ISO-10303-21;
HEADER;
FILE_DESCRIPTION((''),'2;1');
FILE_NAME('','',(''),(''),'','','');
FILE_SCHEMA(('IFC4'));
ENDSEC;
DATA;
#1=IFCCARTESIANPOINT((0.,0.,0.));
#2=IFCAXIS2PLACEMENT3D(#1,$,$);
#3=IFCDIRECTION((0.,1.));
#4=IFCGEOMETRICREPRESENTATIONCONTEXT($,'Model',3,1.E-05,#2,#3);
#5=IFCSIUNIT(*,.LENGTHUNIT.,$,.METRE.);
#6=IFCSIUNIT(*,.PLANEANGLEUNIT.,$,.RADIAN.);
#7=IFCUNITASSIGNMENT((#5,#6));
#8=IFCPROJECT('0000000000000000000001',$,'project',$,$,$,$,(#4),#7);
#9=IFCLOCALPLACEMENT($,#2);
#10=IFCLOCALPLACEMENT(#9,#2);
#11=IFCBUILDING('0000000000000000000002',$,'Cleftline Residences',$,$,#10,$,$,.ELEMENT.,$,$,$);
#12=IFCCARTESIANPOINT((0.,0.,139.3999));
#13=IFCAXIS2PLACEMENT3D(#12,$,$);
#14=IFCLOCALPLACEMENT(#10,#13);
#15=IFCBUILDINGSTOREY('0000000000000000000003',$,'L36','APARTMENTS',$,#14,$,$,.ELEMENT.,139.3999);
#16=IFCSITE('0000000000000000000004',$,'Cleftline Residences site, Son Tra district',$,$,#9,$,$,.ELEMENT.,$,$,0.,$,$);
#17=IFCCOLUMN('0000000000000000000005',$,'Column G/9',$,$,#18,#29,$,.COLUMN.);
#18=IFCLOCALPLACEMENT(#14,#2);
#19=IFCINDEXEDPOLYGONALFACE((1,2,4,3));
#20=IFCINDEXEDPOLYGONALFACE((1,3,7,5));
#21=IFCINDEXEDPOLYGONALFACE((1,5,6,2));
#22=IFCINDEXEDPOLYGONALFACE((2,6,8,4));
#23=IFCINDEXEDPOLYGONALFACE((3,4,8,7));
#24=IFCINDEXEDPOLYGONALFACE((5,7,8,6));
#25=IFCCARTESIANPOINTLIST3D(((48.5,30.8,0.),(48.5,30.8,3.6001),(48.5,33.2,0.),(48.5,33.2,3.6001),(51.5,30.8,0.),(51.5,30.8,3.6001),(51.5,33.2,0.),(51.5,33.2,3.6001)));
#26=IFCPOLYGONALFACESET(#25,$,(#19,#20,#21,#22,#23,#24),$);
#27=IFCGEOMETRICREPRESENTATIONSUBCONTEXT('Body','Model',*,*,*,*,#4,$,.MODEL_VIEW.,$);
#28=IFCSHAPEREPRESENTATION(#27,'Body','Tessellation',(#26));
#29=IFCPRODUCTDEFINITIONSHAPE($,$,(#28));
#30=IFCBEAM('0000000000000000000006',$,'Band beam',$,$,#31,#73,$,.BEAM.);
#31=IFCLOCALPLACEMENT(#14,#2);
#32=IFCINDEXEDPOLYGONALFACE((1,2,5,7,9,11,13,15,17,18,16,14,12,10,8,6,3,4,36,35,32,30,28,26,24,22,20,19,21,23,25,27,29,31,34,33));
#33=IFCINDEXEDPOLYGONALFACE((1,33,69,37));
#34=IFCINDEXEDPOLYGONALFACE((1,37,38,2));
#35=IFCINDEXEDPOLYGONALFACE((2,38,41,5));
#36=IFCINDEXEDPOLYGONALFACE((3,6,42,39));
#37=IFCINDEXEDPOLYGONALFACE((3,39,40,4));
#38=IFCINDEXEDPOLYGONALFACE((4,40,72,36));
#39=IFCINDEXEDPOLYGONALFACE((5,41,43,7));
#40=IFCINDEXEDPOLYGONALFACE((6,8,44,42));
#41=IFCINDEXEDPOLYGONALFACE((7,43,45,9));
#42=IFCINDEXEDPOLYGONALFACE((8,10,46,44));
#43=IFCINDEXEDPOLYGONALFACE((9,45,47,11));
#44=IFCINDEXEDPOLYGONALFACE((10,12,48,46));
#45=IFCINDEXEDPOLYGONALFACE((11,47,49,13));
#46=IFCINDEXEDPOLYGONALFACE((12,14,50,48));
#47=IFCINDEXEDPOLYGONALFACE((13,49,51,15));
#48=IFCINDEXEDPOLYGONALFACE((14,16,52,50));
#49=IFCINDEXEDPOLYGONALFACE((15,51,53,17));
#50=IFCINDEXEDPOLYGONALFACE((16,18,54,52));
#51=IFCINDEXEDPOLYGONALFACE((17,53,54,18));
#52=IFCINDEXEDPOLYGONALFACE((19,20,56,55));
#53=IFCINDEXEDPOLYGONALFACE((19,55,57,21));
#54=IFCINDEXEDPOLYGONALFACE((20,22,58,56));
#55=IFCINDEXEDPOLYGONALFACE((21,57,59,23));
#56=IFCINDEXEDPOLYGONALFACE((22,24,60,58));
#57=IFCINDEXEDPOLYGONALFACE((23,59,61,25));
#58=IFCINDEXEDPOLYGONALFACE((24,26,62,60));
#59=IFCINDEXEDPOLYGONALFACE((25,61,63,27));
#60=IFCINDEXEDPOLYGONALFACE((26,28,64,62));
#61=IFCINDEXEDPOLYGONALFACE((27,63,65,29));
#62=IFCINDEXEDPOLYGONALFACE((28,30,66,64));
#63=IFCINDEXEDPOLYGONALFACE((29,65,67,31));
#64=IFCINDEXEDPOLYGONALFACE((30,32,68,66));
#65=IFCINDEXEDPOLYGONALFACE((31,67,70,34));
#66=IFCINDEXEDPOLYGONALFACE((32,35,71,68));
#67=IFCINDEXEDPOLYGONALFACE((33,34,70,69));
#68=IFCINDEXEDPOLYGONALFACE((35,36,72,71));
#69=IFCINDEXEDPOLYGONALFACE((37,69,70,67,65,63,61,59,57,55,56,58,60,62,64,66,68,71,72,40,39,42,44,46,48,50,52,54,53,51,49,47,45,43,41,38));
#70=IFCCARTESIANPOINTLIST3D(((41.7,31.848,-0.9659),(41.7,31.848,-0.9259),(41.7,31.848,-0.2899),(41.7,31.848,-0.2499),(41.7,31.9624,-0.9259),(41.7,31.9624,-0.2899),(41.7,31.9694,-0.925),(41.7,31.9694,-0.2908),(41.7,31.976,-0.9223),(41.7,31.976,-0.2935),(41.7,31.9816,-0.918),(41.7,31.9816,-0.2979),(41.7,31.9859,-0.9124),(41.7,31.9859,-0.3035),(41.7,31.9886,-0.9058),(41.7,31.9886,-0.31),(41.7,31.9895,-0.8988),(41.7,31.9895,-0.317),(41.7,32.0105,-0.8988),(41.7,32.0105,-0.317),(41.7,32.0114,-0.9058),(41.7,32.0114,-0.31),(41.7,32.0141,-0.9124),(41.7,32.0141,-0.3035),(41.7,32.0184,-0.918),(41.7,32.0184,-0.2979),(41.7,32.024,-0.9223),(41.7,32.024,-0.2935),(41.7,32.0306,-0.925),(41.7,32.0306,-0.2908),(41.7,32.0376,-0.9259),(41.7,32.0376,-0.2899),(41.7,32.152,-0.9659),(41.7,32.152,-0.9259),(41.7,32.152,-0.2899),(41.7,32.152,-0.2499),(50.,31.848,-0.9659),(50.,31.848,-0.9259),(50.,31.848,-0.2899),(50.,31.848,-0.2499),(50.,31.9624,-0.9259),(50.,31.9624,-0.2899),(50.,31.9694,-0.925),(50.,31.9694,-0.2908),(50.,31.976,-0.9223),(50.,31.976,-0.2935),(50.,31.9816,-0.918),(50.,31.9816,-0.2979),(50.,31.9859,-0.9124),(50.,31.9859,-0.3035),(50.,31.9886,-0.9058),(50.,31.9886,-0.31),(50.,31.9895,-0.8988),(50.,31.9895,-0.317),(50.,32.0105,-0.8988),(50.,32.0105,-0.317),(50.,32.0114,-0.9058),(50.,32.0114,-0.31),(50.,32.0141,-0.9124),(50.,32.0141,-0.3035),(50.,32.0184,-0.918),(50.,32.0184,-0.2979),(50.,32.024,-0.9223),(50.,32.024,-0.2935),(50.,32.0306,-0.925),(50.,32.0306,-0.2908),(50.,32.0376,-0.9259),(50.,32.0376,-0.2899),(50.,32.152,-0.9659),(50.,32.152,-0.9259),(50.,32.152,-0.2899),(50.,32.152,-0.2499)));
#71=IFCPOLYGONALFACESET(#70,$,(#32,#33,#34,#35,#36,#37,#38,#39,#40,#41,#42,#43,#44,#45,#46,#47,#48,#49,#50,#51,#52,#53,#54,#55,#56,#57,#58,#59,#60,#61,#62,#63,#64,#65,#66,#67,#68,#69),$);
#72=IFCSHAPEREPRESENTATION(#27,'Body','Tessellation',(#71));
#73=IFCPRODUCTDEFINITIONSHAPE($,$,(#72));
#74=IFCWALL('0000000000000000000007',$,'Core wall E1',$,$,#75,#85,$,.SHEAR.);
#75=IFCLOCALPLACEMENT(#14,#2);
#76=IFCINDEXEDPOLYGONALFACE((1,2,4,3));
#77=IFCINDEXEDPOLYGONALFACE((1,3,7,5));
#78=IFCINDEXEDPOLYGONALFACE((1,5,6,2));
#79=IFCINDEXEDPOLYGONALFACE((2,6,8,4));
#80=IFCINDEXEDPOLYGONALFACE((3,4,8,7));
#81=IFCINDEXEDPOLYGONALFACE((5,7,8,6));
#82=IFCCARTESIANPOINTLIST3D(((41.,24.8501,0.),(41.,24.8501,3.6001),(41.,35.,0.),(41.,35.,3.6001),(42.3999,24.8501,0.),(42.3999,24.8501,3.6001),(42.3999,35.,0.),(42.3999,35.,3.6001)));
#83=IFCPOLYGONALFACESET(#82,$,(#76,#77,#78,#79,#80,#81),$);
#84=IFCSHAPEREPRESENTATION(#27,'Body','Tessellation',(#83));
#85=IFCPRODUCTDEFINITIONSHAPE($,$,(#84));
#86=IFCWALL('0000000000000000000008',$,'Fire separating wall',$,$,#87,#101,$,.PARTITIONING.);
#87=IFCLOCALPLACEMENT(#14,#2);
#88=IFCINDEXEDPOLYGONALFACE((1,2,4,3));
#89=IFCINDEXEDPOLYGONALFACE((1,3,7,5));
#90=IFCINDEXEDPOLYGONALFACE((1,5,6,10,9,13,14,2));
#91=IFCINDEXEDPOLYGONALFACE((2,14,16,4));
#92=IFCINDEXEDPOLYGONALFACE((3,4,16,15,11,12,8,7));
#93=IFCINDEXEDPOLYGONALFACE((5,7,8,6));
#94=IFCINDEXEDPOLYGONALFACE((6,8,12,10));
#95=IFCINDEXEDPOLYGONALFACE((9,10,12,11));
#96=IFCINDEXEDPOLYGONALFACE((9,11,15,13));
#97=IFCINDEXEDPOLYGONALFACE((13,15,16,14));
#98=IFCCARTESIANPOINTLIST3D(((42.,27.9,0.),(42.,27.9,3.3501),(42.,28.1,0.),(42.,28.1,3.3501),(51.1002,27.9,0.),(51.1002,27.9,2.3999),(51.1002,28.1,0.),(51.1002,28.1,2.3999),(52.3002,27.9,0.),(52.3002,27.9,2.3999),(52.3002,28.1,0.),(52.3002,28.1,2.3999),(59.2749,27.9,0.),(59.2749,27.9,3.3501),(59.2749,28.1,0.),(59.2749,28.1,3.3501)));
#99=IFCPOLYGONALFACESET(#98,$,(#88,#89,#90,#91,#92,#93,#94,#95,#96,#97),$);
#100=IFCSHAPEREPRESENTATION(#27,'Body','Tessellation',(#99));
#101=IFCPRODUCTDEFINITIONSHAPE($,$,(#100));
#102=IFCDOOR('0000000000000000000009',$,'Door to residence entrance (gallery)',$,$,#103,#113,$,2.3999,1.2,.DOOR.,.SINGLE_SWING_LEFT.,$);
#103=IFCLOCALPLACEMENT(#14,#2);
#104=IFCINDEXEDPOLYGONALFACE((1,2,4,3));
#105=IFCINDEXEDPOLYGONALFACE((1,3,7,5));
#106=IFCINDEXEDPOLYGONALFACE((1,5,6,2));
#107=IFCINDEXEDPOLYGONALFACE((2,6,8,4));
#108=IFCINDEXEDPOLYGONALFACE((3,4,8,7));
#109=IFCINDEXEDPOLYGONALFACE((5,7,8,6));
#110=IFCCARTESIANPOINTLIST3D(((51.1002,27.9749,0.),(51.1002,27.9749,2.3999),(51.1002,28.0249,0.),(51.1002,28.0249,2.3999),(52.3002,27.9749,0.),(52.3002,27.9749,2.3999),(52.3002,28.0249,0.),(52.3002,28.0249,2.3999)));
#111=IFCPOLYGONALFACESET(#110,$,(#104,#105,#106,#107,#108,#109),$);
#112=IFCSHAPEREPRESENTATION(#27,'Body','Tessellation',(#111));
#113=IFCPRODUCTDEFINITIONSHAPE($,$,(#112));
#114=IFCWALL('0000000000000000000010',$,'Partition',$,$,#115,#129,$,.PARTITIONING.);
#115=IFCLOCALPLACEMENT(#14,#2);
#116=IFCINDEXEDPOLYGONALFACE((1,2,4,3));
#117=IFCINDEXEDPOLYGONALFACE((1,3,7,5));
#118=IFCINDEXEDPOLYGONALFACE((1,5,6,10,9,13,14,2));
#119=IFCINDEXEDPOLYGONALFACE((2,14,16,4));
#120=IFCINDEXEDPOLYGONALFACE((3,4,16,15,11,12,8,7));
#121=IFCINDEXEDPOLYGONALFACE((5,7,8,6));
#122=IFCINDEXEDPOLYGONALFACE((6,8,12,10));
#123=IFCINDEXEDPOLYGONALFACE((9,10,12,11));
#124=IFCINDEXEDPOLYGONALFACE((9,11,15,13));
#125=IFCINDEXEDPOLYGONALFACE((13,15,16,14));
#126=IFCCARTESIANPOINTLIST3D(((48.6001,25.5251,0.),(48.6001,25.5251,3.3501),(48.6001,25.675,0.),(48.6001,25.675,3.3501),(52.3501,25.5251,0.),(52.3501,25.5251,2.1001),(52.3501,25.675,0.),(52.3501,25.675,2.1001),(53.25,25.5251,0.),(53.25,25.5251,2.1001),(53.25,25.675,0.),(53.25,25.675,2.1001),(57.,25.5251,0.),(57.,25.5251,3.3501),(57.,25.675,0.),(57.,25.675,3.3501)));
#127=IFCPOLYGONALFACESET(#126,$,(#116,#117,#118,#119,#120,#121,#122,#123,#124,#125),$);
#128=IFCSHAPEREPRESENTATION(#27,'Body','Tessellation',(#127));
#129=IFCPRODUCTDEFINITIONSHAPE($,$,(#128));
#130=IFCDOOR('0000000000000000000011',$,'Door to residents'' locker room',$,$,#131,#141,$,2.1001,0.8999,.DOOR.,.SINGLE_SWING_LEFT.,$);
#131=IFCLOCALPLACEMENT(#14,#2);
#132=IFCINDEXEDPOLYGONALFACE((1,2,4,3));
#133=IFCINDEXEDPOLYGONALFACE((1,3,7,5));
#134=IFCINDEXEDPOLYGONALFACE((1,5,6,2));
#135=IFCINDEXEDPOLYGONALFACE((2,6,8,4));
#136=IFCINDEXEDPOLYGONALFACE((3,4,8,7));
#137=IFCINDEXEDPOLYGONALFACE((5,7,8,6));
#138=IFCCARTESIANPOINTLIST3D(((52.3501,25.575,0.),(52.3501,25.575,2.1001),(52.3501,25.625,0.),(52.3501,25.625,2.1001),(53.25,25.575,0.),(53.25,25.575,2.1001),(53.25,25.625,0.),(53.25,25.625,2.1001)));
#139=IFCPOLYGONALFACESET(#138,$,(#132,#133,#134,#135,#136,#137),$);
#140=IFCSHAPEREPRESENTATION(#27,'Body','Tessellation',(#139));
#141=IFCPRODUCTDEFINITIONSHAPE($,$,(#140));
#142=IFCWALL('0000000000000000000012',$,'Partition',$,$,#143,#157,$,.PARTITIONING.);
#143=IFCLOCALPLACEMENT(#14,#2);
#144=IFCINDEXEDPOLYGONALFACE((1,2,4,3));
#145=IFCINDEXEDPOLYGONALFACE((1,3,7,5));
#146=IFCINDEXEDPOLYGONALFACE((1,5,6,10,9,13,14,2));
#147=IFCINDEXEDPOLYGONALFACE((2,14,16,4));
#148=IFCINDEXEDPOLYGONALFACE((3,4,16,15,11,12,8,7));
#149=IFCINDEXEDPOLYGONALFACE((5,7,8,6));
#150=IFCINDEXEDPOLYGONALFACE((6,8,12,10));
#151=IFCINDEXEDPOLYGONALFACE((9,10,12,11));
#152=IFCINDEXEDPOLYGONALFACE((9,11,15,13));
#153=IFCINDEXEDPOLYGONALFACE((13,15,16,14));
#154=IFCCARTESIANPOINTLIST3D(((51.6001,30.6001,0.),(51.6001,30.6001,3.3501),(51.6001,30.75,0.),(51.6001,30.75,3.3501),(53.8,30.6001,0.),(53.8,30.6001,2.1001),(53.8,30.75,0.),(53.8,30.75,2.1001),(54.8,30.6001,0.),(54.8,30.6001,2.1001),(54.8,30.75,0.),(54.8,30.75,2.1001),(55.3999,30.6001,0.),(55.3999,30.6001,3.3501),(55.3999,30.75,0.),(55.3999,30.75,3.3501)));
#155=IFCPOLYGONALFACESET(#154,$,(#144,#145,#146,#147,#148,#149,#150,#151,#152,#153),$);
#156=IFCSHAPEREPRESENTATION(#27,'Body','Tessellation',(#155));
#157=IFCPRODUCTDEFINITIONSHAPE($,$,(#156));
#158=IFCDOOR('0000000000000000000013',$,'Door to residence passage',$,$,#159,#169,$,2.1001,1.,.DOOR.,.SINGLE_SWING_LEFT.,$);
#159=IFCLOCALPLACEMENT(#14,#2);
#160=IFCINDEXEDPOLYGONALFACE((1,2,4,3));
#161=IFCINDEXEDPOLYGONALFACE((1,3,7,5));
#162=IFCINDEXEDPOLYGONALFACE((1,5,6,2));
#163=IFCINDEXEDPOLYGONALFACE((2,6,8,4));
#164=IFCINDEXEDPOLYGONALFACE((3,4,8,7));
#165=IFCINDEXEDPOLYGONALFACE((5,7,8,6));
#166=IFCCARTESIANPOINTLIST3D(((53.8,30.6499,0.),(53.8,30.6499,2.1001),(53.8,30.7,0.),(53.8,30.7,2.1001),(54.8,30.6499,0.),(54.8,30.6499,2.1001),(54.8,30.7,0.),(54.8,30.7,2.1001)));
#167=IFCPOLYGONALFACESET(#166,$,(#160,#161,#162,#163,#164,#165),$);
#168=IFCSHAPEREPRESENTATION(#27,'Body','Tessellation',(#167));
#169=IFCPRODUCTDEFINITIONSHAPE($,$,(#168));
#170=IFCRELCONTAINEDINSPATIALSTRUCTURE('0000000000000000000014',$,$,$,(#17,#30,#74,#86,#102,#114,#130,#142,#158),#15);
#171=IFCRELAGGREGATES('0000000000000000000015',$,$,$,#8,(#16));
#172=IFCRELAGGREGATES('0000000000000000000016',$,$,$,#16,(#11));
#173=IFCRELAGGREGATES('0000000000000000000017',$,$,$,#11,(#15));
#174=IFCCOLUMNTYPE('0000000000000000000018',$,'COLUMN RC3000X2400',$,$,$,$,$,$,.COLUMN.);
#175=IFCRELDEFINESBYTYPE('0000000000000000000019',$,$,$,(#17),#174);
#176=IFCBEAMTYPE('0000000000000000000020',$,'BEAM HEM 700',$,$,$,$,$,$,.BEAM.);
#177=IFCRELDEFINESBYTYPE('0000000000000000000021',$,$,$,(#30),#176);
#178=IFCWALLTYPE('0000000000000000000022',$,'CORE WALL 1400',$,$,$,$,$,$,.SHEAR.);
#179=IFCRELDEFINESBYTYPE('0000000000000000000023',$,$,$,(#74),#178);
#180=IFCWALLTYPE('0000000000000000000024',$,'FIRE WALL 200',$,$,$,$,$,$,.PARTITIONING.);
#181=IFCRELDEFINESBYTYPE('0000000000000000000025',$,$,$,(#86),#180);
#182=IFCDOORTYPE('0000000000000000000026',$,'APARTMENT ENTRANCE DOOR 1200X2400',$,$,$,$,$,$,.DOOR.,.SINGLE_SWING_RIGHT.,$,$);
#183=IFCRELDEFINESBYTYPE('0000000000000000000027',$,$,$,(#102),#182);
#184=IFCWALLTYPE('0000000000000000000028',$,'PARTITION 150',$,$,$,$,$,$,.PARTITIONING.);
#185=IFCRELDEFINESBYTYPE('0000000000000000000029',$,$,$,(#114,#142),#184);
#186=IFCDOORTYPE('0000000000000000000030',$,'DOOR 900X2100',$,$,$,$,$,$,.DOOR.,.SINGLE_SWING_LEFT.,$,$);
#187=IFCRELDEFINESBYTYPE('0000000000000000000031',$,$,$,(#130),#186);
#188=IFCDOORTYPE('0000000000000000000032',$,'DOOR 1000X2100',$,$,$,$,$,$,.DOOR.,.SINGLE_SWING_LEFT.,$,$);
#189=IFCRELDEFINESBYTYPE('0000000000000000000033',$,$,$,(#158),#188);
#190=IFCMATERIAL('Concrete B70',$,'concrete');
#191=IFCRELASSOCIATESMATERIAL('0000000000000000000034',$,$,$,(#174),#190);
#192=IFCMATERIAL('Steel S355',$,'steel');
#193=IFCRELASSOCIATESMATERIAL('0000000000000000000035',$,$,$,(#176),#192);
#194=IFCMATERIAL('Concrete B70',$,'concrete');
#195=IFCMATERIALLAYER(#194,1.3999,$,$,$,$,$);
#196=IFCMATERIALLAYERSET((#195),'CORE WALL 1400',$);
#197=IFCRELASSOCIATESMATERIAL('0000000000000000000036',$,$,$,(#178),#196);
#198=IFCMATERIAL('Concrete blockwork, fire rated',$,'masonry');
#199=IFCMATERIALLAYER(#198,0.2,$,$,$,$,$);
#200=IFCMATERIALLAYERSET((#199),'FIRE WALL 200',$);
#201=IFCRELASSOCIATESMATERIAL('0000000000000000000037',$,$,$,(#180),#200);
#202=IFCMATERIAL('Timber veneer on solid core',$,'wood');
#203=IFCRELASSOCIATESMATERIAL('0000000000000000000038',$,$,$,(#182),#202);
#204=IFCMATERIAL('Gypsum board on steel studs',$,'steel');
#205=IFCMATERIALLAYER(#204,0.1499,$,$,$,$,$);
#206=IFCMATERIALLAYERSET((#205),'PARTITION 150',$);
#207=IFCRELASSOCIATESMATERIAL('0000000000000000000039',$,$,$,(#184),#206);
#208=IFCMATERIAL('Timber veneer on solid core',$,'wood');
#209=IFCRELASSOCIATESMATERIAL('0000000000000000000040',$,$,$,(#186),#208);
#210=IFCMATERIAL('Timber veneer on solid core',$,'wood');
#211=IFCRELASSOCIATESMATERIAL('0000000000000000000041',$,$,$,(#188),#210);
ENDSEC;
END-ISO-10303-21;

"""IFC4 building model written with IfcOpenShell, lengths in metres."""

from ifc_helpers import new_model, si_unit, direction, frame, frame_2d, origin, origin_2d, place, context, subcontext, project, spatial, rectangle, i_section, extrude, material, layer, layer_set, material_profile, profile_set, type_object, element, fill, save


model = new_model("IFC4")

# Units and contexts
model_context = context("Model", 3, precision=1e-05, world=origin(), true_north=direction((0.0, 1.0)))
body_context = subcontext(model_context, "Body", "Model", "MODEL_VIEW")
ifc_project = project(units=[si_unit("LENGTHUNIT", "METRE"), si_unit("PLANEANGLEUNIT", "RADIAN")], contexts=[model_context])

# Site, building, storey
site_placement = place(None, origin())
site = spatial("IfcSite", under=ifc_project, at=site_placement, Name="Cleftline Residences site, Son Tra district", CompositionType="ELEMENT", RefElevation=0.0)
building_placement = place(site_placement, origin())
building = spatial("IfcBuilding", under=site, at=building_placement, Name="Cleftline Residences", CompositionType="ELEMENT")
storey_placement = place(building_placement, frame((0.0, 0.0, 139.3999)))
storey = spatial("IfcBuildingStorey", under=building, at=storey_placement, Name="L36", Description="APARTMENTS", CompositionType="ELEMENT", Elevation=139.3999)

# Column
ifc_material_1 = material(Name="Concrete B70", Category="concrete")
ifc_material_profile_1 = material_profile(ifc_material_1, rectangle(XDim=3.0, YDim=2.3999, at=origin_2d()))
ifc_profile_set_1 = profile_set([ifc_material_profile_1], Name="Concrete B70")
column_type = type_object("IfcColumnType", Name="COLUMN RC3000X2400", PredefinedType="COLUMN", material=ifc_profile_set_1)
column_placement = place(storey_placement, frame((50.0, 32.0, 0.0), z_axis=(0.0, 0.0, 1.0), x_axis=(1.0, 0.0, 0.0)))
element("IfcColumn", 1, at=column_placement, inside=storey, type_object=column_type, Name="Column G/9", PredefinedType="COLUMN", context=body_context, shape_type="SweptSolid", body=[
    extrude(rectangle(XDim=3.0, YDim=2.3999, at=origin_2d()), origin(), (0.0, 0.0, 1.0), 3.6001),
])

# Beam
ifc_material_2 = material(Name="Steel S355", Category="steel")
ifc_material_profile_2 = material_profile(ifc_material_2, i_section(OverallWidth=0.304, OverallDepth=0.7161, WebThickness=0.021, FlangeThickness=0.04, FilletRadius=0.0271, at=origin_2d()))
ifc_profile_set_2 = profile_set([ifc_material_profile_2], Name="Steel S355")
beam_type = type_object("IfcBeamType", Name="BEAM HEM 700", PredefinedType="BEAM", material=ifc_profile_set_2)
beam_placement = place(storey_placement, frame((50.0, 32.0, -0.6079), z_axis=(-1.0, 0.0, 0.0), x_axis=(0.0, -1.0, 0.0)))
element("IfcBeam", 2, at=beam_placement, inside=storey, type_object=beam_type, Name="Band beam", PredefinedType="BEAM", context=body_context, shape_type="SweptSolid", body=[
    extrude(i_section(OverallWidth=0.304, OverallDepth=0.7161, WebThickness=0.021, FlangeThickness=0.04, FilletRadius=0.0271, at=origin_2d()), origin(), (0.0, 0.0, 1.0), 8.3),
])

# Wall
ifc_material_3 = material(Name="Concrete B70", Category="concrete")
ifc_layer_1 = layer(ifc_material_3, 1.3999)
ifc_layer_set_1 = layer_set([ifc_layer_1], Name="CORE WALL 1400")
wall_type_1 = type_object("IfcWallType", Name="CORE WALL 1400", PredefinedType="SHEAR", material=ifc_layer_set_1)
wall_1_placement = place(storey_placement, frame((41.7, 24.8501, 0.0), z_axis=(0.0, 0.0, 1.0), x_axis=(0.0, 1.0, 0.0)))
element("IfcWall", 3, at=wall_1_placement, inside=storey, type_object=wall_type_1, Name="Core wall E1", PredefinedType="SHEAR", context=body_context, shape_type="SweptSolid", body=[
    extrude(rectangle(XDim=10.1499, YDim=1.3999, at=frame_2d((5.075, 0.0))), origin(), (0.0, 0.0, 1.0), 3.6001),
])

# Walls, openings, doors
ifc_material_4 = material(Name="Concrete blockwork, fire rated", Category="masonry")
ifc_layer_2 = layer(ifc_material_4, 0.2)
ifc_layer_set_2 = layer_set([ifc_layer_2], Name="FIRE WALL 200")
wall_type_2 = type_object("IfcWallType", Name="FIRE WALL 200", PredefinedType="PARTITIONING", material=ifc_layer_set_2)
wall_2_placement = place(storey_placement, frame((42.0, 28.0, 0.0), z_axis=(0.0, 0.0, 1.0), x_axis=(1.0, 0.0, 0.0)))
wall_2 = element("IfcWall", 4, at=wall_2_placement, inside=storey, type_object=wall_type_2, Name="Fire separating wall", PredefinedType="PARTITIONING", context=body_context, shape_type="SweptSolid", body=[
    extrude(rectangle(XDim=17.2749, YDim=0.2, at=frame_2d((8.6375, 0.0))), origin(), (0.0, 0.0, 1.0), 3.3501),
])
opening_1_placement = place(wall_2_placement, frame((9.1001, 0.0, 0.0)))
opening_1 = element("IfcOpeningElement", 5, at=opening_1_placement, cuts=wall_2, PredefinedType="OPENING", context=body_context, shape_type="SweptSolid", body=[
    extrude(rectangle(XDim=1.2, YDim=2.3999, at=frame_2d((0.6001, 1.2))), frame((0.0, 0.1099, 0.0), z_axis=(0.0, -1.0, 0.0), x_axis=(1.0, 0.0, 0.0)), (0.0, 0.0, 1.0), 0.22),
])
ifc_material_5 = material(Name="Timber veneer on solid core", Category="wood")
door_type_1 = type_object("IfcDoorType", Name="APARTMENT ENTRANCE DOOR 1200X2400", OperationType="SINGLE_SWING_RIGHT", PredefinedType="DOOR", material=ifc_material_5)
door_1_placement = place(opening_1_placement, origin())
door_1 = element("IfcDoor", 6, at=door_1_placement, inside=storey, type_object=door_type_1, Name="Door to residence entrance (gallery)", OperationType="SINGLE_SWING_LEFT", OverallHeight=2.3999, OverallWidth=1.2, PredefinedType="DOOR", context=body_context, shape_type="SweptSolid", body=[
    extrude(rectangle(XDim=1.2, YDim=2.3999, at=frame_2d((0.6001, 1.2))), frame((0.0, 0.0249, 0.0), z_axis=(0.0, -1.0, 0.0), x_axis=(1.0, 0.0, 0.0)), (0.0, 0.0, 1.0), 0.05),
])
fill(opening_1, door_1)
ifc_material_6 = material(Name="Gypsum board on steel studs", Category="steel")
ifc_layer_3 = layer(ifc_material_6, 0.1499)
ifc_layer_set_3 = layer_set([ifc_layer_3], Name="PARTITION 150")
wall_type_3 = type_object("IfcWallType", Name="PARTITION 150", PredefinedType="PARTITIONING", material=ifc_layer_set_3)
wall_3_placement = place(storey_placement, frame((48.6001, 25.6001, 0.0), z_axis=(0.0, 0.0, 1.0), x_axis=(1.0, 0.0, 0.0)))
wall_3 = element("IfcWall", 7, at=wall_3_placement, inside=storey, type_object=wall_type_3, Name="Partition", PredefinedType="PARTITIONING", context=body_context, shape_type="SweptSolid", body=[
    extrude(rectangle(XDim=8.3999, YDim=0.1499, at=frame_2d((4.2, 0.0))), origin(), (0.0, 0.0, 1.0), 3.3501),
])
opening_2_placement = place(wall_3_placement, frame((3.75, 0.0, 0.0)))
opening_2 = element("IfcOpeningElement", 8, at=opening_2_placement, cuts=wall_3, PredefinedType="OPENING", context=body_context, shape_type="SweptSolid", body=[
    extrude(rectangle(XDim=0.8999, YDim=2.1001, at=frame_2d((0.45, 1.05))), frame((0.0, 0.085, 0.0), z_axis=(0.0, -1.0, 0.0), x_axis=(1.0, 0.0, 0.0)), (0.0, 0.0, 1.0), 0.1699),
])
ifc_material_7 = material(Name="Timber veneer on solid core", Category="wood")
door_type_2 = type_object("IfcDoorType", Name="DOOR 900X2100", OperationType="SINGLE_SWING_LEFT", PredefinedType="DOOR", material=ifc_material_7)
door_2_placement = place(opening_2_placement, origin())
door_2 = element("IfcDoor", 9, at=door_2_placement, inside=storey, type_object=door_type_2, Name="Door to residents' locker room", OperationType="SINGLE_SWING_LEFT", OverallHeight=2.1001, OverallWidth=0.8999, PredefinedType="DOOR", context=body_context, shape_type="SweptSolid", body=[
    extrude(rectangle(XDim=0.8999, YDim=2.1001, at=frame_2d((0.45, 1.05))), frame((0.0, 0.0249, 0.0), z_axis=(0.0, -1.0, 0.0), x_axis=(1.0, 0.0, 0.0)), (0.0, 0.0, 1.0), 0.05),
])
fill(opening_2, door_2)
wall_4_placement = place(storey_placement, frame((51.6001, 30.675, 0.0), z_axis=(0.0, 0.0, 1.0), x_axis=(1.0, 0.0, 0.0)))
wall_4 = element("IfcWall", 10, at=wall_4_placement, inside=storey, type_object=wall_type_3, Name="Partition", PredefinedType="PARTITIONING", context=body_context, shape_type="SweptSolid", body=[
    extrude(rectangle(XDim=3.7998, YDim=0.1499, at=frame_2d((1.8999, 0.0))), origin(), (0.0, 0.0, 1.0), 3.3501),
])
opening_3_placement = place(wall_4_placement, frame((2.2, 0.0, 0.0)))
opening_3 = element("IfcOpeningElement", 11, at=opening_3_placement, cuts=wall_4, PredefinedType="OPENING", context=body_context, shape_type="SweptSolid", body=[
    extrude(rectangle(XDim=1.0, YDim=2.1001, at=frame_2d((0.5, 1.05))), frame((0.0, 0.085, 0.0), z_axis=(0.0, -1.0, 0.0), x_axis=(1.0, 0.0, 0.0)), (0.0, 0.0, 1.0), 0.1699),
])
ifc_material_8 = material(Name="Timber veneer on solid core", Category="wood")
door_type_3 = type_object("IfcDoorType", Name="DOOR 1000X2100", OperationType="SINGLE_SWING_LEFT", PredefinedType="DOOR", material=ifc_material_8)
door_3_placement = place(opening_3_placement, origin())
door_3 = element("IfcDoor", 12, at=door_3_placement, inside=storey, type_object=door_type_3, Name="Door to residence passage", OperationType="SINGLE_SWING_LEFT", OverallHeight=2.1001, OverallWidth=1.0, PredefinedType="DOOR", context=body_context, shape_type="SweptSolid", body=[
    extrude(rectangle(XDim=1.0, YDim=2.1001, at=frame_2d((0.5, 1.05))), frame((0.0, 0.0249, 0.0), z_axis=(0.0, -1.0, 0.0), x_axis=(1.0, 0.0, 0.0)), (0.0, 0.0, 1.0), 0.05),
])
fill(opening_3, door_3)

save(model, "model.ifc")
